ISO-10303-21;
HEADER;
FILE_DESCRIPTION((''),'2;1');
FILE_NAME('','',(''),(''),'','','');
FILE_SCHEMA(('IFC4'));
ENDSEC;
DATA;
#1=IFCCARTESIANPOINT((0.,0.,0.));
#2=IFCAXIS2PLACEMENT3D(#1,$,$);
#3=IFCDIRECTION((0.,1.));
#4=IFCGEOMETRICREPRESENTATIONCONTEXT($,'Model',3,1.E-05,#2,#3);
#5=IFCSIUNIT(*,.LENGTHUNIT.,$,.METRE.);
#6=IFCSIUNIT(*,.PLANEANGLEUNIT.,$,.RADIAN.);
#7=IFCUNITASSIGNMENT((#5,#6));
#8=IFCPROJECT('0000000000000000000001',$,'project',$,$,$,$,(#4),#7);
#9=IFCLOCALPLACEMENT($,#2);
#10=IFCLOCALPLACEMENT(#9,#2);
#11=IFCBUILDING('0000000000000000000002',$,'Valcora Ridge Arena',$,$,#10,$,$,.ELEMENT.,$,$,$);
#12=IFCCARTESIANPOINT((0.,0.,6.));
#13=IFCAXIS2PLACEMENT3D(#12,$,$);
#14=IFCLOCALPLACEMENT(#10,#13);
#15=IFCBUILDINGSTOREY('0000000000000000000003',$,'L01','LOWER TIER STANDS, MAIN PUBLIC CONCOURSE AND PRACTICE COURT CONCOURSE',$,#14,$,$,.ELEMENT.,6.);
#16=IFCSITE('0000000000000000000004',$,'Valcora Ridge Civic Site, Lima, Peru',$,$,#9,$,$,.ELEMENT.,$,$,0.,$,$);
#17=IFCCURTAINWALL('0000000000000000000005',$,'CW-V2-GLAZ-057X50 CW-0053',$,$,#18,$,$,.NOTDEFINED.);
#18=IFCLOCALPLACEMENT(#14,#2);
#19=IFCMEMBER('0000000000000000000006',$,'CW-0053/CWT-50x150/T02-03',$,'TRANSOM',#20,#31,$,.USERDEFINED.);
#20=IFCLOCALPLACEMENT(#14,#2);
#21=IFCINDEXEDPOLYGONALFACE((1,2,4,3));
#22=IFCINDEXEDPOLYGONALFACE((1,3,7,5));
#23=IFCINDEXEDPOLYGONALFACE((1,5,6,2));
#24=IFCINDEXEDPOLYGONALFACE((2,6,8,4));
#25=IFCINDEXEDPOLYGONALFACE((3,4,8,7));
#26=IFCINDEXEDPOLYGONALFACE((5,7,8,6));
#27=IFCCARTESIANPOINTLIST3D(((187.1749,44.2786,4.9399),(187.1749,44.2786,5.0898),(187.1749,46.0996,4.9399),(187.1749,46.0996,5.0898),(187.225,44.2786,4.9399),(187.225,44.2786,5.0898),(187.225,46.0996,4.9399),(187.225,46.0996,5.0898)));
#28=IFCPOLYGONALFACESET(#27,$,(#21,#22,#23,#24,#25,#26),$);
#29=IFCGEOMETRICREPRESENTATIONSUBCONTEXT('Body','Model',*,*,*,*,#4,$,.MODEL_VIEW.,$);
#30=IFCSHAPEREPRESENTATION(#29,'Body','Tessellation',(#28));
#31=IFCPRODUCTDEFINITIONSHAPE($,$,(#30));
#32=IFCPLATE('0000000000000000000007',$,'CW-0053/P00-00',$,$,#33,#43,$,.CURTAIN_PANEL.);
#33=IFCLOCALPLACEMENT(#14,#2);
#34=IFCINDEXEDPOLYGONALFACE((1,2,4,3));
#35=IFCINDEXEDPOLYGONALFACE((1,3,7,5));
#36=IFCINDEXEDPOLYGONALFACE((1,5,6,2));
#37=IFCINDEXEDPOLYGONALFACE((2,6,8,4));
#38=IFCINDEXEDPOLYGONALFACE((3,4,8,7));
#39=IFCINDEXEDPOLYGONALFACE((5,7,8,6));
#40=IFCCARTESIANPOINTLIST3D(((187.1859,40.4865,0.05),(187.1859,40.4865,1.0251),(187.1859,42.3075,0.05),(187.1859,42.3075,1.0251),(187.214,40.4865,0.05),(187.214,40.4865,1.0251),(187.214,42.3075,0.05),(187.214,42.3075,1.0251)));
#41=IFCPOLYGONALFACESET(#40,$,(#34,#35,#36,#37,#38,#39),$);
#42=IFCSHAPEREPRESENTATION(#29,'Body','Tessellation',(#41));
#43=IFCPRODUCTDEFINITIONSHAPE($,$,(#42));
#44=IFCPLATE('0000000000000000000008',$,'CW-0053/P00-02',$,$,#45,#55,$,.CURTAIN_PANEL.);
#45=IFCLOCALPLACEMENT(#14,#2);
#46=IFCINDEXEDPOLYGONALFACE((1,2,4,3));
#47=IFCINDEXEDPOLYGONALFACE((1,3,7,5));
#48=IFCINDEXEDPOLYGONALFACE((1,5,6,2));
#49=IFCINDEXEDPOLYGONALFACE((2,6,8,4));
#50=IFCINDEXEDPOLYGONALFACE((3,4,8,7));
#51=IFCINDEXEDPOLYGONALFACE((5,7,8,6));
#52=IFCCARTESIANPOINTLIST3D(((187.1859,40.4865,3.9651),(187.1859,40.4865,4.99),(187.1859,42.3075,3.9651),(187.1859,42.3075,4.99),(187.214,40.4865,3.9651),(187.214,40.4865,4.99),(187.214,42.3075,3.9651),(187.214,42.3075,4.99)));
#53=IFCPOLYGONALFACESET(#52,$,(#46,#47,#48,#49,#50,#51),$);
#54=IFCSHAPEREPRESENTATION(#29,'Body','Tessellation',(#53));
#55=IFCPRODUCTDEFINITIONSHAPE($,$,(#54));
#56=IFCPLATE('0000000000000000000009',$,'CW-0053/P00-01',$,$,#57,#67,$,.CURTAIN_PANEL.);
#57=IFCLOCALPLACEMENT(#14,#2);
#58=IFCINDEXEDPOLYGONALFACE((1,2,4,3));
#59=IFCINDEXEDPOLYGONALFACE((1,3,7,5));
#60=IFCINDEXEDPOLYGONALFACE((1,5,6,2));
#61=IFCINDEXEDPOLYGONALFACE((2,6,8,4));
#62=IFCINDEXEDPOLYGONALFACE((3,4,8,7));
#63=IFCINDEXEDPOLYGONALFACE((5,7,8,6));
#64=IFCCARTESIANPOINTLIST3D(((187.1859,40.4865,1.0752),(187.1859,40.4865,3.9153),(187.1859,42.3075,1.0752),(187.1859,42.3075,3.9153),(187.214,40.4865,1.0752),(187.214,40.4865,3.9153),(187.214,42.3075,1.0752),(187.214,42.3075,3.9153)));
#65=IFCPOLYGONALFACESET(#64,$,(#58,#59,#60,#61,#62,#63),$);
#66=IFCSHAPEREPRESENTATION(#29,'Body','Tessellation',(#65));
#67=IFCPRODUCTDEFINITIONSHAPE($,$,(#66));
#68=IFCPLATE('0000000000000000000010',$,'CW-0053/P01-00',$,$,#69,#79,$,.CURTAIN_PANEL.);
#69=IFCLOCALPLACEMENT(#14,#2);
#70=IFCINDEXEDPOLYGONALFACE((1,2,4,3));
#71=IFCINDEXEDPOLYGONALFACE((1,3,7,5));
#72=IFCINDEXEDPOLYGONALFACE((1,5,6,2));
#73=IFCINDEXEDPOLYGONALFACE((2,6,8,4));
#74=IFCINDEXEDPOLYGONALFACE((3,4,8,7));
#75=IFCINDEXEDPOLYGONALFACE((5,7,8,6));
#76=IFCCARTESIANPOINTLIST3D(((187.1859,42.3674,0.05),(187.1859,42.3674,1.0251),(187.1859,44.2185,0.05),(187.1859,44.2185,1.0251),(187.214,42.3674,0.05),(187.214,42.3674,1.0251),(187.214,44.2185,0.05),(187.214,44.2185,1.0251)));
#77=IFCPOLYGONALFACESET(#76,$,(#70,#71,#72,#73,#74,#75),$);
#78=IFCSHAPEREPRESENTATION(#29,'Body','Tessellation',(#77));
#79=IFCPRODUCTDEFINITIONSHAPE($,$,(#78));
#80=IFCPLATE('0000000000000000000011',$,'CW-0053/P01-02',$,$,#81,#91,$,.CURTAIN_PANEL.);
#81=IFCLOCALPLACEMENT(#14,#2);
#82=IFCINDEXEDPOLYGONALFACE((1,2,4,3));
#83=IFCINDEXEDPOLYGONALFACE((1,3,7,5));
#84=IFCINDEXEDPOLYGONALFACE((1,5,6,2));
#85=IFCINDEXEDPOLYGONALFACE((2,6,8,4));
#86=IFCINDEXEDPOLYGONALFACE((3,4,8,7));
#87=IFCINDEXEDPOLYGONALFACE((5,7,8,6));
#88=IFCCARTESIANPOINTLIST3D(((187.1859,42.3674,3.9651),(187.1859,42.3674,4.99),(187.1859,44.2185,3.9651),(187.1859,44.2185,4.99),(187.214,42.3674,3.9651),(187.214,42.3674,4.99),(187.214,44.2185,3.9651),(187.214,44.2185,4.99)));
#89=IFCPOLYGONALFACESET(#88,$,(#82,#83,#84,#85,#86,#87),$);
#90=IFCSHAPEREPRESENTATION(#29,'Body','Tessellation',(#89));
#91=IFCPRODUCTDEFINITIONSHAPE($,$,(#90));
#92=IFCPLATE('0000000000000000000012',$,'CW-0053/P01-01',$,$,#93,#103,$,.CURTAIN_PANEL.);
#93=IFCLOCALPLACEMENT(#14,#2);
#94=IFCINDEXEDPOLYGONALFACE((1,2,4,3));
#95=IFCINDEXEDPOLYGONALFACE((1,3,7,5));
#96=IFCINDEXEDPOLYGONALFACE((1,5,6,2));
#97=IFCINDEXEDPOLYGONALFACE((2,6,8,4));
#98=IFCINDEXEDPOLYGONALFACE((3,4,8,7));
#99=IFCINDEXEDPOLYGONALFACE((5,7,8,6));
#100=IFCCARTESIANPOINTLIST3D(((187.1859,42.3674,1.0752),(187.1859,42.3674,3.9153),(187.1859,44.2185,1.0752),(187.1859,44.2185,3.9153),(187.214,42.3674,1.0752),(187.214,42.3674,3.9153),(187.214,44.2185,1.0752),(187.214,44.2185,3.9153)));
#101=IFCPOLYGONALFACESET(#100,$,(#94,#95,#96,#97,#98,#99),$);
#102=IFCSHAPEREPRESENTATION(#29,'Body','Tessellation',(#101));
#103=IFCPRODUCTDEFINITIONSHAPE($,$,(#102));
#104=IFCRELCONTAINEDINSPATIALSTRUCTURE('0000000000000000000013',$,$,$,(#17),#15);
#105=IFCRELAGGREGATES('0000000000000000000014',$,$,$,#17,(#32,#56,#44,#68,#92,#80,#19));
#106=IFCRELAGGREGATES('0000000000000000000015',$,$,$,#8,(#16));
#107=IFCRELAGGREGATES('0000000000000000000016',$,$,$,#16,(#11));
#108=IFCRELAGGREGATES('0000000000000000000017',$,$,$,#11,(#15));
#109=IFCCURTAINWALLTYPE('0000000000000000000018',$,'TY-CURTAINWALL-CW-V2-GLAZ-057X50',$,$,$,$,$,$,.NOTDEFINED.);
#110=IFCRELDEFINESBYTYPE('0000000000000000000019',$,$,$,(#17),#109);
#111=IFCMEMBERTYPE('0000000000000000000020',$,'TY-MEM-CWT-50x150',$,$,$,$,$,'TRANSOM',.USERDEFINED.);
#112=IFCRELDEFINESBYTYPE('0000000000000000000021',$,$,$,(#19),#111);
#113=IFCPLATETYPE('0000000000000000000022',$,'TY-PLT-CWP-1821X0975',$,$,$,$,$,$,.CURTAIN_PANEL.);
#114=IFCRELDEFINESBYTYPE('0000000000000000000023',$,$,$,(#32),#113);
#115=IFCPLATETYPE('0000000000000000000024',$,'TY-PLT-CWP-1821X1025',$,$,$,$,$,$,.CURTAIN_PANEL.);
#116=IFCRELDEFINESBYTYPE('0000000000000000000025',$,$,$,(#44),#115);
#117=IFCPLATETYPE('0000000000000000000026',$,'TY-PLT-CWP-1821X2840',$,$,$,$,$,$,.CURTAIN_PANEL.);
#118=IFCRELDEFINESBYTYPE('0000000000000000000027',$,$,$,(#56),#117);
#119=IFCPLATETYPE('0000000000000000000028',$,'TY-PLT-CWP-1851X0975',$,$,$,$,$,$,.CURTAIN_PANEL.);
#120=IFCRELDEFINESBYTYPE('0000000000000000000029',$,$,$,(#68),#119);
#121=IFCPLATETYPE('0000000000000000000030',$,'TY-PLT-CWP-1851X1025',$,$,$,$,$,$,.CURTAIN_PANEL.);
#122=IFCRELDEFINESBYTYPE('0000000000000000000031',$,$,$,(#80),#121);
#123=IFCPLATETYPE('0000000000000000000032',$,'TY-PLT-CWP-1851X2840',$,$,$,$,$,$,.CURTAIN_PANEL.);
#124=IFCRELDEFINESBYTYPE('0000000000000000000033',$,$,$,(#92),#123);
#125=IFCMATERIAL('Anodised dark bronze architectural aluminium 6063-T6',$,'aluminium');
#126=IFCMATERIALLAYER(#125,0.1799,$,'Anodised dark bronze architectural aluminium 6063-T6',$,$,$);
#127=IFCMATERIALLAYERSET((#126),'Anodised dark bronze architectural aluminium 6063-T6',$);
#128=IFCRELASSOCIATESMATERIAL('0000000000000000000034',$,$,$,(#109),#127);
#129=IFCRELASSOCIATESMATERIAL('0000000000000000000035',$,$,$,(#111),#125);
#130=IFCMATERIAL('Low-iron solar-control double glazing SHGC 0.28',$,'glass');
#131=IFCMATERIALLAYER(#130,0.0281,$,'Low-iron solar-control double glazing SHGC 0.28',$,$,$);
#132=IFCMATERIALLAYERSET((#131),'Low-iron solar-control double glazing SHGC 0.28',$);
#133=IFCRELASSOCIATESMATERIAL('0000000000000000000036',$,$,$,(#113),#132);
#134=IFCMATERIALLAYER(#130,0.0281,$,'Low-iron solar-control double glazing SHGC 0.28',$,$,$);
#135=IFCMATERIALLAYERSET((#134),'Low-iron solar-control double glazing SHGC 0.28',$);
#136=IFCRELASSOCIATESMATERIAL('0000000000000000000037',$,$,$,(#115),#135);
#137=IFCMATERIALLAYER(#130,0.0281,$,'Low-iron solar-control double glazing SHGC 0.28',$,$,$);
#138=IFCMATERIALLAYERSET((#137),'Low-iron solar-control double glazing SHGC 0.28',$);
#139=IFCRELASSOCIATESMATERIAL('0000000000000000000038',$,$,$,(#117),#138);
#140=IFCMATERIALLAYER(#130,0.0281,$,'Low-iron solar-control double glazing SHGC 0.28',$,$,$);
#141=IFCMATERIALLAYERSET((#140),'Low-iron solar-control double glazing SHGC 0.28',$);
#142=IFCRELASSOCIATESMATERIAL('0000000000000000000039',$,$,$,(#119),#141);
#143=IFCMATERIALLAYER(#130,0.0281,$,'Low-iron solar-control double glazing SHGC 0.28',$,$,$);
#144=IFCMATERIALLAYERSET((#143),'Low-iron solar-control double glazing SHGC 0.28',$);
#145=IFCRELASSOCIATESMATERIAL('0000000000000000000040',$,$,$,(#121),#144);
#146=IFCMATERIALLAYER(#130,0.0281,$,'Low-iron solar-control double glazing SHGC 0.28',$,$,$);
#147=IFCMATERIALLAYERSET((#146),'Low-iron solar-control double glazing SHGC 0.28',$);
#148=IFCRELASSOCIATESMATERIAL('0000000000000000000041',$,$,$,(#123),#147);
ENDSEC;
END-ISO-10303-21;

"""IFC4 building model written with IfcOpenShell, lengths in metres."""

from ifc_helpers import new_model, si_unit, direction, frame, origin, origin_2d, place, context, subcontext, project, spatial, rectangle, extrude, material, layer, layer_set, material_profile, profile_set, type_object, element, aggregate, save


model = new_model("IFC4")

# Units and contexts
model_context = context("Model", 3, precision=1e-05, world=origin(), true_north=direction((0.0, 1.0)))
body_context = subcontext(model_context, "Body", "Model", "MODEL_VIEW")
ifc_project = project(units=[si_unit("LENGTHUNIT", "METRE"), si_unit("PLANEANGLEUNIT", "RADIAN")], contexts=[model_context])

# Site, building, storey
site_placement = place(None, origin())
site = spatial("IfcSite", under=ifc_project, at=site_placement, Name="Valcora Ridge Civic Site, Lima, Peru", CompositionType="ELEMENT", RefElevation=0.0)
building_placement = place(site_placement, origin())
building = spatial("IfcBuilding", under=site, at=building_placement, Name="Valcora Ridge Arena", CompositionType="ELEMENT")
storey_placement = place(building_placement, frame((0.0, 0.0, 6.0)))
storey = spatial("IfcBuildingStorey", under=building, at=storey_placement, Name="L01", Description="LOWER TIER STANDS, MAIN PUBLIC CONCOURSE AND PRACTICE COURT CONCOURSE", CompositionType="ELEMENT", Elevation=6.0)

# Curtain wall, member, plates
ifc_material_1 = material(Name="Anodised dark bronze architectural aluminium 6063-T6", Category="aluminium")
ifc_layer_1 = layer(ifc_material_1, 0.1799, Name="Anodised dark bronze architectural aluminium 6063-T6")
ifc_layer_set_1 = layer_set([ifc_layer_1], Name="Anodised dark bronze architectural aluminium 6063-T6")
curtain_wall_type = type_object("IfcCurtainWallType", Name="TY-CURTAINWALL-CW-V2-GLAZ-057X50", PredefinedType="NOTDEFINED", material=ifc_layer_set_1)
curtain_wall_placement = place(storey_placement, origin())
curtain_wall = element("IfcCurtainWall", 1, at=curtain_wall_placement, inside=storey, type_object=curtain_wall_type, Name="CW-V2-GLAZ-057X50 CW-0053", PredefinedType="NOTDEFINED")
ifc_material_profile_1 = material_profile(ifc_material_1, rectangle(XDim=0.05, YDim=0.1499, at=origin_2d()), Name="ALU TRANSOM 50x150")
ifc_profile_set_1 = profile_set([ifc_material_profile_1], Name="Anodised dark bronze architectural aluminium 6063-T6")
member_type_1 = type_object("IfcMemberType", Name="TY-MEM-CWT-50x150", ElementType="TRANSOM", PredefinedType="USERDEFINED", material=ifc_profile_set_1)
member_1_placement = place(storey_placement, frame((187.2, 44.2786, 5.0149), z_axis=(0.0, 1.0, 0.0), x_axis=(-1.0, 0.0, 0.0)))
member_1 = element("IfcMember", 2, at=member_1_placement, type_object=member_type_1, Name="CW-0053/CWT-50x150/T02-03", ObjectType="TRANSOM", PredefinedType="USERDEFINED", context=body_context, shape_type="SweptSolid", body=[
    extrude(rectangle(XDim=0.05, YDim=0.1499, at=origin_2d()), origin(), (0.0, 0.0, 1.0), 1.821),
])
ifc_material_2 = material(Name="Low-iron solar-control double glazing SHGC 0.28", Category="glass")
ifc_layer_2 = layer(ifc_material_2, 0.0281, Name="Low-iron solar-control double glazing SHGC 0.28")
ifc_layer_set_2 = layer_set([ifc_layer_2], Name="Low-iron solar-control double glazing SHGC 0.28")
plate_type_1 = type_object("IfcPlateType", Name="TY-PLT-CWP-1821X0975", PredefinedType="CURTAIN_PANEL", material=ifc_layer_set_2)
plate_1_placement = place(storey_placement, frame((187.2, 41.397, 0.05), z_axis=(0.0, 0.0, 1.0), x_axis=(0.0, 1.0, 0.0)))
plate_1 = element("IfcPlate", 3, at=plate_1_placement, type_object=plate_type_1, Name="CW-0053/P00-00", PredefinedType="CURTAIN_PANEL", context=body_context, shape_type="SweptSolid", body=[
    extrude(rectangle(XDim=1.821, YDim=0.0281, at=origin_2d()), origin(), (0.0, 0.0, 1.0), 0.9751),
])
ifc_layer_3 = layer(ifc_material_2, 0.0281, Name="Low-iron solar-control double glazing SHGC 0.28")
ifc_layer_set_3 = layer_set([ifc_layer_3], Name="Low-iron solar-control double glazing SHGC 0.28")
plate_type_2 = type_object("IfcPlateType", Name="TY-PLT-CWP-1821X1025", PredefinedType="CURTAIN_PANEL", material=ifc_layer_set_3)
plate_2_placement = place(storey_placement, frame((187.2, 41.397, 3.9651), z_axis=(0.0, 0.0, 1.0), x_axis=(0.0, 1.0, 0.0)))
plate_2 = element("IfcPlate", 4, at=plate_2_placement, type_object=plate_type_2, Name="CW-0053/P00-02", PredefinedType="CURTAIN_PANEL", context=body_context, shape_type="SweptSolid", body=[
    extrude(rectangle(XDim=1.821, YDim=0.0281, at=origin_2d()), origin(), (0.0, 0.0, 1.0), 1.0249),
])
ifc_layer_4 = layer(ifc_material_2, 0.0281, Name="Low-iron solar-control double glazing SHGC 0.28")
ifc_layer_set_4 = layer_set([ifc_layer_4], Name="Low-iron solar-control double glazing SHGC 0.28")
plate_type_3 = type_object("IfcPlateType", Name="TY-PLT-CWP-1821X2840", PredefinedType="CURTAIN_PANEL", material=ifc_layer_set_4)
plate_3_placement = place(storey_placement, frame((187.2, 41.397, 1.0752), z_axis=(0.0, 0.0, 1.0), x_axis=(0.0, 1.0, 0.0)))
plate_3 = element("IfcPlate", 5, at=plate_3_placement, type_object=plate_type_3, Name="CW-0053/P00-01", PredefinedType="CURTAIN_PANEL", context=body_context, shape_type="SweptSolid", body=[
    extrude(rectangle(XDim=1.821, YDim=0.0281, at=origin_2d()), origin(), (0.0, 0.0, 1.0), 2.8401),
])
ifc_layer_5 = layer(ifc_material_2, 0.0281, Name="Low-iron solar-control double glazing SHGC 0.28")
ifc_layer_set_5 = layer_set([ifc_layer_5], Name="Low-iron solar-control double glazing SHGC 0.28")
plate_type_4 = type_object("IfcPlateType", Name="TY-PLT-CWP-1851X0975", PredefinedType="CURTAIN_PANEL", material=ifc_layer_set_5)
plate_4_placement = place(storey_placement, frame((187.2, 43.293, 0.05), z_axis=(0.0, 0.0, 1.0), x_axis=(0.0, 1.0, 0.0)))
plate_4 = element("IfcPlate", 6, at=plate_4_placement, type_object=plate_type_4, Name="CW-0053/P01-00", PredefinedType="CURTAIN_PANEL", context=body_context, shape_type="SweptSolid", body=[
    extrude(rectangle(XDim=1.8511, YDim=0.0281, at=origin_2d()), origin(), (0.0, 0.0, 1.0), 0.9751),
])
ifc_layer_6 = layer(ifc_material_2, 0.0281, Name="Low-iron solar-control double glazing SHGC 0.28")
ifc_layer_set_6 = layer_set([ifc_layer_6], Name="Low-iron solar-control double glazing SHGC 0.28")
plate_type_5 = type_object("IfcPlateType", Name="TY-PLT-CWP-1851X1025", PredefinedType="CURTAIN_PANEL", material=ifc_layer_set_6)
plate_5_placement = place(storey_placement, frame((187.2, 43.293, 3.9651), z_axis=(0.0, 0.0, 1.0), x_axis=(0.0, 1.0, 0.0)))
plate_5 = element("IfcPlate", 7, at=plate_5_placement, type_object=plate_type_5, Name="CW-0053/P01-02", PredefinedType="CURTAIN_PANEL", context=body_context, shape_type="SweptSolid", body=[
    extrude(rectangle(XDim=1.8511, YDim=0.0281, at=origin_2d()), origin(), (0.0, 0.0, 1.0), 1.0249),
])
ifc_layer_7 = layer(ifc_material_2, 0.0281, Name="Low-iron solar-control double glazing SHGC 0.28")
ifc_layer_set_7 = layer_set([ifc_layer_7], Name="Low-iron solar-control double glazing SHGC 0.28")
plate_type_6 = type_object("IfcPlateType", Name="TY-PLT-CWP-1851X2840", PredefinedType="CURTAIN_PANEL", material=ifc_layer_set_7)
plate_6_placement = place(storey_placement, frame((187.2, 43.293, 1.0752), z_axis=(0.0, 0.0, 1.0), x_axis=(0.0, 1.0, 0.0)))
plate_6 = element("IfcPlate", 8, at=plate_6_placement, type_object=plate_type_6, Name="CW-0053/P01-01", PredefinedType="CURTAIN_PANEL", context=body_context, shape_type="SweptSolid", body=[
    extrude(rectangle(XDim=1.8511, YDim=0.0281, at=origin_2d()), origin(), (0.0, 0.0, 1.0), 2.8401),
])
aggregate(curtain_wall, [plate_1, plate_3, plate_2, plate_4, plate_6, plate_5, member_1])

save(model, "model.ifc")
